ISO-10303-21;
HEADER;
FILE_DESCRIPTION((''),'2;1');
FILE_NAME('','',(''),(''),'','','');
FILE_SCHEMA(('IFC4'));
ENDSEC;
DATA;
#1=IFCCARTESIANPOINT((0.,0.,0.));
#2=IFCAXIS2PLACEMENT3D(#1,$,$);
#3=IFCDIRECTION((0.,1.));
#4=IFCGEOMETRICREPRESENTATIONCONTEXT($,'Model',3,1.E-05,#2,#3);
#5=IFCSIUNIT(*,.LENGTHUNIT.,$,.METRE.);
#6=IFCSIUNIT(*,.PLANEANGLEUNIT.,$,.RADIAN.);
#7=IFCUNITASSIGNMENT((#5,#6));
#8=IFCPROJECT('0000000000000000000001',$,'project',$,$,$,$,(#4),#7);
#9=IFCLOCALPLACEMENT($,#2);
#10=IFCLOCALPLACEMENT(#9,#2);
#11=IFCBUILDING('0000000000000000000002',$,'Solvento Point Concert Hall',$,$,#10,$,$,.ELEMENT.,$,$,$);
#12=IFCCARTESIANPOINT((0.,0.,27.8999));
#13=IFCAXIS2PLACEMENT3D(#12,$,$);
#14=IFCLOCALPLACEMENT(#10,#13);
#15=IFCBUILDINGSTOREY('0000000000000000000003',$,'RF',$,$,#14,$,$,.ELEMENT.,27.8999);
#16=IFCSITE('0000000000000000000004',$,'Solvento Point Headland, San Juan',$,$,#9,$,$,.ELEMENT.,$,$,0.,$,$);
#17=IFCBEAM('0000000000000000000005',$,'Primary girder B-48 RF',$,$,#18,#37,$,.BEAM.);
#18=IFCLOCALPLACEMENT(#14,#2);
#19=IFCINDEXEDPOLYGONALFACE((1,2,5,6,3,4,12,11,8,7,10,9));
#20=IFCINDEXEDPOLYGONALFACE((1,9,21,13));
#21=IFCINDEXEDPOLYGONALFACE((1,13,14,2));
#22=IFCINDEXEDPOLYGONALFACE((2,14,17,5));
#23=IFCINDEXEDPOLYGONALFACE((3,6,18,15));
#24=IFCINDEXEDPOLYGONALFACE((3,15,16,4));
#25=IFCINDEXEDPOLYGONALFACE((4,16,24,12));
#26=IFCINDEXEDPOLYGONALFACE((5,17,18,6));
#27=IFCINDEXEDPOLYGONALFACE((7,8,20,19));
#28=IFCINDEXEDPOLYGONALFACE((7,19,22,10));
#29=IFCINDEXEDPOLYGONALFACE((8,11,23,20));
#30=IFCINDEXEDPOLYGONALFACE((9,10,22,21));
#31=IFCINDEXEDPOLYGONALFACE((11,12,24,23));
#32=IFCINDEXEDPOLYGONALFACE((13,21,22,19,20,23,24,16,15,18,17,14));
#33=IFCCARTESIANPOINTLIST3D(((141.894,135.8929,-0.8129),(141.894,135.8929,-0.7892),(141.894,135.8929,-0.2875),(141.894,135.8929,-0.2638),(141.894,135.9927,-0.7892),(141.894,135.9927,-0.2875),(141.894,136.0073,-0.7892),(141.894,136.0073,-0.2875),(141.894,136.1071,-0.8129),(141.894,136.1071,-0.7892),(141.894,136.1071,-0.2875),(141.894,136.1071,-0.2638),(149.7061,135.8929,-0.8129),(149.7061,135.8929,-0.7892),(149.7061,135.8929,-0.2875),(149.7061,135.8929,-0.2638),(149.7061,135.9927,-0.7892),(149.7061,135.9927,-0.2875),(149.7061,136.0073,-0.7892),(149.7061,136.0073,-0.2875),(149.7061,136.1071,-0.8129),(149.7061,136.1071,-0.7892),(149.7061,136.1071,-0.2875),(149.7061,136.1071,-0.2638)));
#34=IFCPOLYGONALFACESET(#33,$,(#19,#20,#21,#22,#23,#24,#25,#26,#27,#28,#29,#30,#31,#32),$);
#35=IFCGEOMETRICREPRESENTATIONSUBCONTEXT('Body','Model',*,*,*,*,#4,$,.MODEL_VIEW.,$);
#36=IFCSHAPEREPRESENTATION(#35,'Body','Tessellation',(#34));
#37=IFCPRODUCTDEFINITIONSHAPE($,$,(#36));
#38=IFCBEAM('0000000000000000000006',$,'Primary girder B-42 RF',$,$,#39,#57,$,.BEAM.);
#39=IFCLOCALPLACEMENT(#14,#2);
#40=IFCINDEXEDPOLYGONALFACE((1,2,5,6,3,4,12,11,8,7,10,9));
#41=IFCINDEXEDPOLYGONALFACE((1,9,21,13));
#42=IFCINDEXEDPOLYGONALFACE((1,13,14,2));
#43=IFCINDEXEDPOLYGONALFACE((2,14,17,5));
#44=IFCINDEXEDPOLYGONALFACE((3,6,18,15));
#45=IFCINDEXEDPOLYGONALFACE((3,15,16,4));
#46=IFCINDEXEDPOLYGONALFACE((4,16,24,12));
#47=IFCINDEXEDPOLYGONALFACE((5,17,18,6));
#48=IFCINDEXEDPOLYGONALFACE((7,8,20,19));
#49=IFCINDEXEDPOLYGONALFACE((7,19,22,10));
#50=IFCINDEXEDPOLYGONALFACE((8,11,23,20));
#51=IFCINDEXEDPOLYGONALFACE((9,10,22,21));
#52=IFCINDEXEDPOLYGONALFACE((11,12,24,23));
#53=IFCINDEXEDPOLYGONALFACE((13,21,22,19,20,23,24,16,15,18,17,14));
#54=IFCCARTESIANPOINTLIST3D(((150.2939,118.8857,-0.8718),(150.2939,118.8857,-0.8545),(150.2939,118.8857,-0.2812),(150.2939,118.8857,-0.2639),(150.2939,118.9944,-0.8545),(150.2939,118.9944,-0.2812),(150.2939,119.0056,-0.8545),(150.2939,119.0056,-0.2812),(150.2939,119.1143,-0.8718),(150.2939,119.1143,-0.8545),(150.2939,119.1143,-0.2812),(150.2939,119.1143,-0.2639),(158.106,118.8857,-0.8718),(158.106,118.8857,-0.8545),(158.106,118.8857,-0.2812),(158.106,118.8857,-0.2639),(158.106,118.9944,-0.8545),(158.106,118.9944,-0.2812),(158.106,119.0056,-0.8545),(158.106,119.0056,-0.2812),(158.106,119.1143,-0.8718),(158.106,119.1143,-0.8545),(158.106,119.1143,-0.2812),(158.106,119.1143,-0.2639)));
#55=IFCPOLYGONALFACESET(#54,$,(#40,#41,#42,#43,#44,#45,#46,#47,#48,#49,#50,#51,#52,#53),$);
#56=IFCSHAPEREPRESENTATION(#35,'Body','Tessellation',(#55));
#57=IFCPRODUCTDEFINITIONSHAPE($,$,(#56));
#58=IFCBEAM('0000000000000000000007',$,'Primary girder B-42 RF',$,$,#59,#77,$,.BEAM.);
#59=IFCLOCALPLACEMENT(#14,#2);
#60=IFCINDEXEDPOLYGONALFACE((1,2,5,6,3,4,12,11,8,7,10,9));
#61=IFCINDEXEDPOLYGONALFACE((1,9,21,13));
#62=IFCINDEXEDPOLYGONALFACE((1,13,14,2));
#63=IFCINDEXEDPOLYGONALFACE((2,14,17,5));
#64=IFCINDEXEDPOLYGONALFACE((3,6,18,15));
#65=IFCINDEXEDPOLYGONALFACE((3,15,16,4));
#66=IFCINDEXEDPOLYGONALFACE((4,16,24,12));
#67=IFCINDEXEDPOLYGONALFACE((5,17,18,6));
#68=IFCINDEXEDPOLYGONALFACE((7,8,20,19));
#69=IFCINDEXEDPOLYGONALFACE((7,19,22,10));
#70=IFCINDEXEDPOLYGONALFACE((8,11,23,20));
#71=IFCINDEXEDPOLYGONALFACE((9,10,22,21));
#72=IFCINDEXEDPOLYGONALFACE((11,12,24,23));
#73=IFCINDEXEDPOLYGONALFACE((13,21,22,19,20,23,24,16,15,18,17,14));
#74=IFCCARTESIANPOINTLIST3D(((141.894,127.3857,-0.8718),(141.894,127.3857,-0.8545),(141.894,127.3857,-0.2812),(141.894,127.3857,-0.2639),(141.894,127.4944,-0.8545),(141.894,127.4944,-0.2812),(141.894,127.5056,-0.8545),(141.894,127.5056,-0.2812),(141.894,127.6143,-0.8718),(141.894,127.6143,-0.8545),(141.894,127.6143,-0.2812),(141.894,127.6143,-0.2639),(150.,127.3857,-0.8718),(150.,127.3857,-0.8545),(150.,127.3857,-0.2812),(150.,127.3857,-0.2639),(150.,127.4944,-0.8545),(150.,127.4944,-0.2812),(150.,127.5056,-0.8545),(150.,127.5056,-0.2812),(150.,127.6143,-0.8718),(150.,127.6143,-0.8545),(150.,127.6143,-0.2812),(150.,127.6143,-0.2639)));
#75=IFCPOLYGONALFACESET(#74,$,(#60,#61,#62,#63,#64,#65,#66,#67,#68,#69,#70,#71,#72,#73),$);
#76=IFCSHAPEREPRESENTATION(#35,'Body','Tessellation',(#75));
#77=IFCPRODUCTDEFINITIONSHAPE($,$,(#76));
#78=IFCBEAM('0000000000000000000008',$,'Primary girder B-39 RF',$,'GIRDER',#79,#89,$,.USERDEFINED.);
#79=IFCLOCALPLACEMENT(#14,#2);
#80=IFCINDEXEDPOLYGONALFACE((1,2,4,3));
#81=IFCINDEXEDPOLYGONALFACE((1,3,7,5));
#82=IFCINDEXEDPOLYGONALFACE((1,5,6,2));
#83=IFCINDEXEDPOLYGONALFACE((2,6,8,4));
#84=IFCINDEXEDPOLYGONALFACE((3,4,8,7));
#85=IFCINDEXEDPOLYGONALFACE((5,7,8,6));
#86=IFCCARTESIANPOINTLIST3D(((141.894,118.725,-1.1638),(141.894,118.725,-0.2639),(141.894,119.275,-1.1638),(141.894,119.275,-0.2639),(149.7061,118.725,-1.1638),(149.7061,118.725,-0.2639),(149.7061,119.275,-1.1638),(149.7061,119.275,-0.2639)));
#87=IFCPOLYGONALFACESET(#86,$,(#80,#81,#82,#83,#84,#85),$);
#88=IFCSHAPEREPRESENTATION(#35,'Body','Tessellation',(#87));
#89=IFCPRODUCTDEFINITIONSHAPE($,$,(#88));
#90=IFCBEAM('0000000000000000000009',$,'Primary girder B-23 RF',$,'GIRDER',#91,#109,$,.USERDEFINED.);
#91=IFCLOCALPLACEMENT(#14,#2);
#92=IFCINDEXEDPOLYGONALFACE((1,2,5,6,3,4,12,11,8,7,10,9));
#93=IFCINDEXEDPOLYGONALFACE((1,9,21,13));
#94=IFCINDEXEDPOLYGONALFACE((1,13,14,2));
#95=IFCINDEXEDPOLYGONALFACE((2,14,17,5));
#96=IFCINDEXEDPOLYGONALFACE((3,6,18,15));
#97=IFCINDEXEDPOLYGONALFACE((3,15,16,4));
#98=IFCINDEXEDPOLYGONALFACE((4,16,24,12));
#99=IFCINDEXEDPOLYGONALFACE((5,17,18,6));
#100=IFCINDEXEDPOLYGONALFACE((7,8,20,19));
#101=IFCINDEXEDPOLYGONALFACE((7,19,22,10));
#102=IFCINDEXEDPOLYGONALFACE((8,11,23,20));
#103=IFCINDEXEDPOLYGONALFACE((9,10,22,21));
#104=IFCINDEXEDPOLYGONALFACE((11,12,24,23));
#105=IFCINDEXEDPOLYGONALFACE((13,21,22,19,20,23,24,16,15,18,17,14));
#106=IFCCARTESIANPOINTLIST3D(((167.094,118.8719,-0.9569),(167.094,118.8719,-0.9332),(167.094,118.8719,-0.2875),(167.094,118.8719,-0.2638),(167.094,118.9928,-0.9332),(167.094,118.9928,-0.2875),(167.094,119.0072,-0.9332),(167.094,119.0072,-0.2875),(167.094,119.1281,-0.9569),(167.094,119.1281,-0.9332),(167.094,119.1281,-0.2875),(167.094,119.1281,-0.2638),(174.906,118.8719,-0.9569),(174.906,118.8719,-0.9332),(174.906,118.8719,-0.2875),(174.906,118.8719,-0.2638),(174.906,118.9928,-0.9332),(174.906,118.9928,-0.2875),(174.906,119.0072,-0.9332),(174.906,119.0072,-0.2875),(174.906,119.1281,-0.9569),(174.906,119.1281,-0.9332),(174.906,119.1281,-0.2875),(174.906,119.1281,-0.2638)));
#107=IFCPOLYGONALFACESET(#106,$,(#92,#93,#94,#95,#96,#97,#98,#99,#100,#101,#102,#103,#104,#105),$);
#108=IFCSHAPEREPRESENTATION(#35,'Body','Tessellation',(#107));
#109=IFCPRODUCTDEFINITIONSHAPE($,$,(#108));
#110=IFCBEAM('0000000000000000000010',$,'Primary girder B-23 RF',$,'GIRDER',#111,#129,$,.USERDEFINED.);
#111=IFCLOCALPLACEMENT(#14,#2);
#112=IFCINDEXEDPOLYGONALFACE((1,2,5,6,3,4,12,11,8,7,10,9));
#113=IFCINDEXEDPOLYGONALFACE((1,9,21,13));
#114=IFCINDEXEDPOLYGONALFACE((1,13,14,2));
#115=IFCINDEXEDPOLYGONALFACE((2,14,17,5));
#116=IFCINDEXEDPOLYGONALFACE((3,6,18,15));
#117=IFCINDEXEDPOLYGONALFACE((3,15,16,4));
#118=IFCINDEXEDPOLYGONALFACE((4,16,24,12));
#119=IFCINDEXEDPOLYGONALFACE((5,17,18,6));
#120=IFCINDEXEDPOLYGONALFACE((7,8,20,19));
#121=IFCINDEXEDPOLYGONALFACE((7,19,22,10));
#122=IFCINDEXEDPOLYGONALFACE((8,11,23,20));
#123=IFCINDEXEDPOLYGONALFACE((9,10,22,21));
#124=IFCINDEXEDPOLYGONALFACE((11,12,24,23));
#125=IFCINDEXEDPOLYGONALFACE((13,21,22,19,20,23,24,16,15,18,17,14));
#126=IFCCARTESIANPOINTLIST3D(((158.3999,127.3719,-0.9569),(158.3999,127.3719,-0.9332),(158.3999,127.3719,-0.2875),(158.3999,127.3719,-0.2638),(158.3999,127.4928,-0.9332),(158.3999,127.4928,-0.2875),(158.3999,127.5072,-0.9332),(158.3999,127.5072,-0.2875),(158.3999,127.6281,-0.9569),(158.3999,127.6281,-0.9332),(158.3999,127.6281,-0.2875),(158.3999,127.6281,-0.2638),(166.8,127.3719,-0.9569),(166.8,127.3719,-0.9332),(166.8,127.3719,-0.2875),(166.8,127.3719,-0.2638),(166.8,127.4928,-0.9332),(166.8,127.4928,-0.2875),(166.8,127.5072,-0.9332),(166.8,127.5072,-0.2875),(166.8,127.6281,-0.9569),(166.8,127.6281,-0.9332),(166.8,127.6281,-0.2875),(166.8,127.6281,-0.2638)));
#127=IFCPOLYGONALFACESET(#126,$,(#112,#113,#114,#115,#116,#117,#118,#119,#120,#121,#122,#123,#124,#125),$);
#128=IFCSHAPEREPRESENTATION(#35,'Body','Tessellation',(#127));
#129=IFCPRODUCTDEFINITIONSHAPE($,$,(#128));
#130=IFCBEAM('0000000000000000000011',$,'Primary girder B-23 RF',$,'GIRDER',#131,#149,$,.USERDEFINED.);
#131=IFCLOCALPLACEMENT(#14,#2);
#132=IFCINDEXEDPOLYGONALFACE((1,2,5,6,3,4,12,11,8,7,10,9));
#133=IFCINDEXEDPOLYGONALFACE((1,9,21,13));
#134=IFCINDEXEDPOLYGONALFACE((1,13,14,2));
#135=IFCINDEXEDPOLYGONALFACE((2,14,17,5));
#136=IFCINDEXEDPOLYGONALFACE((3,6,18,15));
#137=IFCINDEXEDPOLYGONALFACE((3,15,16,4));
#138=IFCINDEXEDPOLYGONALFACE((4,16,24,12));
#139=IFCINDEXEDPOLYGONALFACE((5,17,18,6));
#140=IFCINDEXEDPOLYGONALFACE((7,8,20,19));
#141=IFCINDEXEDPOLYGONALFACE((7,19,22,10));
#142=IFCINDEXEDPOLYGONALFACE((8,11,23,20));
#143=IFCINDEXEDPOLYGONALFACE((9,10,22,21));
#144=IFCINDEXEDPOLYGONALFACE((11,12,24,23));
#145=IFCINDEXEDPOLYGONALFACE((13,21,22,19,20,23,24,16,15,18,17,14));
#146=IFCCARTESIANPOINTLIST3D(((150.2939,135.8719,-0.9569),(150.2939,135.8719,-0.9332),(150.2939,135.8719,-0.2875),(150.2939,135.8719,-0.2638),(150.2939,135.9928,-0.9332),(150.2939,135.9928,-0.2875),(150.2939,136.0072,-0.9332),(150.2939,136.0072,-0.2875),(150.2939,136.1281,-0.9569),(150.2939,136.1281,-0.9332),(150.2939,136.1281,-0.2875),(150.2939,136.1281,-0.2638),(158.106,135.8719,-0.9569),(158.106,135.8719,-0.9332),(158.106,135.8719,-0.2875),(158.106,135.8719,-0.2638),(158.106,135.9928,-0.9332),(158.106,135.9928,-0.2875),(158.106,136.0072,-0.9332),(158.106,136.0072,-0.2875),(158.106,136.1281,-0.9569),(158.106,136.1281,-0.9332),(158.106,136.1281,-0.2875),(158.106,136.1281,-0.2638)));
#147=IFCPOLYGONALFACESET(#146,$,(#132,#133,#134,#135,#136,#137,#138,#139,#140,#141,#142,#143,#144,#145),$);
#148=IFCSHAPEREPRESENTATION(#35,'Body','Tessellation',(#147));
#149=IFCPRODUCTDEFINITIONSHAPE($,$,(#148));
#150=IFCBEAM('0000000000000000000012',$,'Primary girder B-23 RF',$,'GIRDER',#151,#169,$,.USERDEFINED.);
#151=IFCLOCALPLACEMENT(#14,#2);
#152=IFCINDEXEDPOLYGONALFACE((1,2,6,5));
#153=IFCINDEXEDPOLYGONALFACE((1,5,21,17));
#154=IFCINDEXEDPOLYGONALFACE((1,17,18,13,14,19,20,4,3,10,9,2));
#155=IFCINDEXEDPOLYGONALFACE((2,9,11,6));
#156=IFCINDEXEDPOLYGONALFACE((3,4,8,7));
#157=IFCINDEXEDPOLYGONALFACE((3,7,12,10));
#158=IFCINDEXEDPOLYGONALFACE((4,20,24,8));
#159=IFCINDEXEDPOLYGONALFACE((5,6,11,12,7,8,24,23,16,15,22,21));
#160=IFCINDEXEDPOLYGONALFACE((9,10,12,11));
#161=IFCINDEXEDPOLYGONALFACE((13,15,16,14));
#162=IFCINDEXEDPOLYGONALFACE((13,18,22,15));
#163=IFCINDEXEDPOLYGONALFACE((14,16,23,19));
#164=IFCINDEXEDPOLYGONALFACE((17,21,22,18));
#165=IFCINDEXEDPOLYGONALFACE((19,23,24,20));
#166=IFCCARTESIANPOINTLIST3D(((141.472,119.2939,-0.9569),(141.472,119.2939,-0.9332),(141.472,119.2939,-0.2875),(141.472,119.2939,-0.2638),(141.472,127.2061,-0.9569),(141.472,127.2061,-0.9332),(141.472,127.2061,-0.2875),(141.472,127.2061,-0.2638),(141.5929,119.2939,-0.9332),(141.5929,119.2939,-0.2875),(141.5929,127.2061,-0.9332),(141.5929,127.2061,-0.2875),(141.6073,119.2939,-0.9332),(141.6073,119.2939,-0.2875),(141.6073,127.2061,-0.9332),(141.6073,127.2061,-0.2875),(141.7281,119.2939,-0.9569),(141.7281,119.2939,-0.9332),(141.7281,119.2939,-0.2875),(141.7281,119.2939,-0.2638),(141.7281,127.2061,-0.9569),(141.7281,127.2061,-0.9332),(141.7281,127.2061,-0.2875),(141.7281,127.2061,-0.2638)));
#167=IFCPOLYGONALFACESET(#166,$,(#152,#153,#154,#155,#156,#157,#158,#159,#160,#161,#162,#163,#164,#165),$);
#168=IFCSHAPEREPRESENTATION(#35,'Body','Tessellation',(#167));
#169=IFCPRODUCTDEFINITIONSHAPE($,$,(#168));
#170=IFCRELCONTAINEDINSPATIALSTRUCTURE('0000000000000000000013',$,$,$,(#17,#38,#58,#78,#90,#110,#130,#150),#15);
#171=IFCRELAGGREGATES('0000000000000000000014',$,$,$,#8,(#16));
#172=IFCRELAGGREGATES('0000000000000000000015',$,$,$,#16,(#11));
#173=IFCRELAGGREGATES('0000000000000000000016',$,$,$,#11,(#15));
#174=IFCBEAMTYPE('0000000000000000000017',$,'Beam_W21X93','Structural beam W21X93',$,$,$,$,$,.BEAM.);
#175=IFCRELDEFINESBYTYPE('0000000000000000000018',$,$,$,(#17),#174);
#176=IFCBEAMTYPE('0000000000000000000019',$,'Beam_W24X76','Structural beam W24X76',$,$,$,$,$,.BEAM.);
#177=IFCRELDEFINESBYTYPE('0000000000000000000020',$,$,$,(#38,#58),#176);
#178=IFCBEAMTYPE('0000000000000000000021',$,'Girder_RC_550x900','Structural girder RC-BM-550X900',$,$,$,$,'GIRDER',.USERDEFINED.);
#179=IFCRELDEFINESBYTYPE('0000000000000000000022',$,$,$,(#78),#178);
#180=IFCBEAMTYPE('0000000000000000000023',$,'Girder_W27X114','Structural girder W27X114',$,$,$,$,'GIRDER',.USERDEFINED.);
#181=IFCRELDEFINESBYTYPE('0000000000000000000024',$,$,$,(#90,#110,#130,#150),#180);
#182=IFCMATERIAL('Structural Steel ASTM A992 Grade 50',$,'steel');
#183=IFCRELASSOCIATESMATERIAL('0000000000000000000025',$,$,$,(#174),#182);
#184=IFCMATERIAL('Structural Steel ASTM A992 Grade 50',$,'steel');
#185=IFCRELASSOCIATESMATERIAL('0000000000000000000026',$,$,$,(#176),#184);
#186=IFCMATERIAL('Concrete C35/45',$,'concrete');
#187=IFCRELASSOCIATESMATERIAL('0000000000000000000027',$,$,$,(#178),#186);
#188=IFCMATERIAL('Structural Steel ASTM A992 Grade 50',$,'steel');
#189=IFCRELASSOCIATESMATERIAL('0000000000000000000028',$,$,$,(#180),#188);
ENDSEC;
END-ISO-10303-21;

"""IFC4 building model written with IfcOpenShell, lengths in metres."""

from ifc_helpers import new_model, si_unit, direction, frame, origin, origin_2d, place, context, subcontext, project, spatial, rectangle, i_section, extrude, material, material_profile, profile_set, type_object, element, save


model = new_model("IFC4")

# Units and contexts
model_context = context("Model", 3, precision=1e-05, world=origin(), true_north=direction((0.0, 1.0)))
body_context = subcontext(model_context, "Body", "Model", "MODEL_VIEW")
ifc_project = project(units=[si_unit("LENGTHUNIT", "METRE"), si_unit("PLANEANGLEUNIT", "RADIAN")], contexts=[model_context])

# Site, building, storey
site_placement = place(None, origin())
site = spatial("IfcSite", under=ifc_project, at=site_placement, Name="Solvento Point Headland, San Juan", CompositionType="ELEMENT", RefElevation=0.0)
building_placement = place(site_placement, origin())
building = spatial("IfcBuilding", under=site, at=building_placement, Name="Solvento Point Concert Hall", CompositionType="ELEMENT")
storey_placement = place(building_placement, frame((0.0, 0.0, 27.8999)))
storey = spatial("IfcBuildingStorey", under=building, at=storey_placement, Name="RF", CompositionType="ELEMENT", Elevation=27.8999)

# Beams
ifc_material_1 = material(Name="Structural Steel ASTM A992 Grade 50", Category="steel")
ifc_material_profile_1 = material_profile(ifc_material_1, i_section(OverallWidth=0.2141, OverallDepth=0.5491, WebThickness=0.0146, FlangeThickness=0.0237, at=origin_2d()), Name="W21X93")
ifc_profile_set_1 = profile_set([ifc_material_profile_1], Name="Structural Steel ASTM A992 Grade 50")
beam_type_1 = type_object("IfcBeamType", Name="Beam_W21X93", Description="Structural beam W21X93", PredefinedType="BEAM", material=ifc_profile_set_1)
beam_1_placement = place(storey_placement, frame((141.894, 136.0, -0.5383), z_axis=(1.0, 0.0, 0.0), x_axis=(0.0, 1.0, 0.0)))
element("IfcBeam", 1, at=beam_1_placement, inside=storey, type_object=beam_type_1, Name="Primary girder B-48 RF", PredefinedType="BEAM", context=body_context, shape_type="SweptSolid", body=[
    extrude(i_section(OverallWidth=0.2141, OverallDepth=0.5491, WebThickness=0.0146, FlangeThickness=0.0237, at=origin_2d()), origin(), (0.0, 0.0, 1.0), 7.812),
])
ifc_material_2 = material(Name="Structural Steel ASTM A992 Grade 50", Category="steel")
ifc_material_profile_2 = material_profile(ifc_material_2, i_section(OverallWidth=0.2285, OverallDepth=0.6079, WebThickness=0.0112, FlangeThickness=0.0173, at=origin_2d()), Name="W24X76")
ifc_profile_set_2 = profile_set([ifc_material_profile_2], Name="Structural Steel ASTM A992 Grade 50")
beam_type_2 = type_object("IfcBeamType", Name="Beam_W24X76", Description="Structural beam W24X76", PredefinedType="BEAM", material=ifc_profile_set_2)
beam_2_placement = place(storey_placement, frame((150.2939, 119.0, -0.5679), z_axis=(1.0, 0.0, 0.0), x_axis=(0.0, 1.0, 0.0)))
element("IfcBeam", 2, at=beam_2_placement, inside=storey, type_object=beam_type_2, Name="Primary girder B-42 RF", PredefinedType="BEAM", context=body_context, shape_type="SweptSolid", body=[
    extrude(i_section(OverallWidth=0.2285, OverallDepth=0.6079, WebThickness=0.0112, FlangeThickness=0.0173, at=origin_2d()), origin(), (0.0, 0.0, 1.0), 7.812),
])
beam_3_placement = place(storey_placement, frame((141.894, 127.5, -0.5679), z_axis=(1.0, 0.0, 0.0), x_axis=(0.0, 1.0, 0.0)))
element("IfcBeam", 3, at=beam_3_placement, inside=storey, type_object=beam_type_2, Name="Primary girder B-42 RF", PredefinedType="BEAM", context=body_context, shape_type="SweptSolid", body=[
    extrude(i_section(OverallWidth=0.2285, OverallDepth=0.6079, WebThickness=0.0112, FlangeThickness=0.0173, at=origin_2d()), origin(), (0.0, 0.0, 1.0), 8.106),
])
ifc_material_3 = material(Name="Concrete C35/45", Category="concrete")
ifc_material_profile_3 = material_profile(ifc_material_3, rectangle(XDim=0.55, YDim=0.8999, at=origin_2d()), Name="RC-BM-550X900")
ifc_profile_set_3 = profile_set([ifc_material_profile_3], Name="Concrete C35/45")
beam_type_3 = type_object("IfcBeamType", Name="Girder_RC_550x900", Description="Structural girder RC-BM-550X900", ElementType="GIRDER", PredefinedType="USERDEFINED", material=ifc_profile_set_3)
beam_4_placement = place(storey_placement, frame((141.894, 119.0, -0.7139), z_axis=(1.0, 0.0, 0.0), x_axis=(0.0, 1.0, 0.0)))
element("IfcBeam", 4, at=beam_4_placement, inside=storey, type_object=beam_type_3, Name="Primary girder B-39 RF", ObjectType="GIRDER", PredefinedType="USERDEFINED", context=body_context, shape_type="SweptSolid", body=[
    extrude(rectangle(XDim=0.55, YDim=0.8999, at=origin_2d()), origin(), (0.0, 0.0, 1.0), 7.812),
])
ifc_material_4 = material(Name="Structural Steel ASTM A992 Grade 50", Category="steel")
ifc_material_profile_4 = material_profile(ifc_material_4, i_section(OverallWidth=0.2561, OverallDepth=0.6931, WebThickness=0.0144, FlangeThickness=0.0237, at=origin_2d()), Name="W27X114")
ifc_profile_set_4 = profile_set([ifc_material_profile_4], Name="Structural Steel ASTM A992 Grade 50")
beam_type_4 = type_object("IfcBeamType", Name="Girder_W27X114", Description="Structural girder W27X114", ElementType="GIRDER", PredefinedType="USERDEFINED", material=ifc_profile_set_4)
beam_5_placement = place(storey_placement, frame((167.094, 119.0, -0.6104), z_axis=(1.0, 0.0, 0.0), x_axis=(0.0, 1.0, 0.0)))
element("IfcBeam", 5, at=beam_5_placement, inside=storey, type_object=beam_type_4, Name="Primary girder B-23 RF", ObjectType="GIRDER", PredefinedType="USERDEFINED", context=body_context, shape_type="SweptSolid", body=[
    extrude(i_section(OverallWidth=0.2561, OverallDepth=0.6931, WebThickness=0.0144, FlangeThickness=0.0237, at=origin_2d()), origin(), (0.0, 0.0, 1.0), 7.812),
])
beam_6_placement = place(storey_placement, frame((158.3999, 127.5, -0.6104), z_axis=(1.0, 0.0, 0.0), x_axis=(0.0, 1.0, 0.0)))
element("IfcBeam", 6, at=beam_6_placement, inside=storey, type_object=beam_type_4, Name="Primary girder B-23 RF", ObjectType="GIRDER", PredefinedType="USERDEFINED", context=body_context, shape_type="SweptSolid", body=[
    extrude(i_section(OverallWidth=0.2561, OverallDepth=0.6931, WebThickness=0.0144, FlangeThickness=0.0237, at=origin_2d()), origin(), (0.0, 0.0, 1.0), 8.4001),
])
beam_7_placement = place(storey_placement, frame((150.2939, 136.0, -0.6104), z_axis=(1.0, 0.0, 0.0), x_axis=(0.0, 1.0, 0.0)))
element("IfcBeam", 7, at=beam_7_placement, inside=storey, type_object=beam_type_4, Name="Primary girder B-23 RF", ObjectType="GIRDER", PredefinedType="USERDEFINED", context=body_context, shape_type="SweptSolid", body=[
    extrude(i_section(OverallWidth=0.2561, OverallDepth=0.6931, WebThickness=0.0144, FlangeThickness=0.0237, at=origin_2d()), origin(), (0.0, 0.0, 1.0), 7.812),
])
beam_8_placement = place(storey_placement, frame((141.6001, 119.2939, -0.6104), z_axis=(0.0, 1.0, 0.0), x_axis=(-1.0, 0.0, 0.0)))
element("IfcBeam", 8, at=beam_8_placement, inside=storey, type_object=beam_type_4, Name="Primary girder B-23 RF", ObjectType="GIRDER", PredefinedType="USERDEFINED", context=body_context, shape_type="SweptSolid", body=[
    extrude(i_section(OverallWidth=0.2561, OverallDepth=0.6931, WebThickness=0.0144, FlangeThickness=0.0237, at=origin_2d()), origin(), (0.0, 0.0, 1.0), 7.9121),
])

save(model, "model.ifc")
